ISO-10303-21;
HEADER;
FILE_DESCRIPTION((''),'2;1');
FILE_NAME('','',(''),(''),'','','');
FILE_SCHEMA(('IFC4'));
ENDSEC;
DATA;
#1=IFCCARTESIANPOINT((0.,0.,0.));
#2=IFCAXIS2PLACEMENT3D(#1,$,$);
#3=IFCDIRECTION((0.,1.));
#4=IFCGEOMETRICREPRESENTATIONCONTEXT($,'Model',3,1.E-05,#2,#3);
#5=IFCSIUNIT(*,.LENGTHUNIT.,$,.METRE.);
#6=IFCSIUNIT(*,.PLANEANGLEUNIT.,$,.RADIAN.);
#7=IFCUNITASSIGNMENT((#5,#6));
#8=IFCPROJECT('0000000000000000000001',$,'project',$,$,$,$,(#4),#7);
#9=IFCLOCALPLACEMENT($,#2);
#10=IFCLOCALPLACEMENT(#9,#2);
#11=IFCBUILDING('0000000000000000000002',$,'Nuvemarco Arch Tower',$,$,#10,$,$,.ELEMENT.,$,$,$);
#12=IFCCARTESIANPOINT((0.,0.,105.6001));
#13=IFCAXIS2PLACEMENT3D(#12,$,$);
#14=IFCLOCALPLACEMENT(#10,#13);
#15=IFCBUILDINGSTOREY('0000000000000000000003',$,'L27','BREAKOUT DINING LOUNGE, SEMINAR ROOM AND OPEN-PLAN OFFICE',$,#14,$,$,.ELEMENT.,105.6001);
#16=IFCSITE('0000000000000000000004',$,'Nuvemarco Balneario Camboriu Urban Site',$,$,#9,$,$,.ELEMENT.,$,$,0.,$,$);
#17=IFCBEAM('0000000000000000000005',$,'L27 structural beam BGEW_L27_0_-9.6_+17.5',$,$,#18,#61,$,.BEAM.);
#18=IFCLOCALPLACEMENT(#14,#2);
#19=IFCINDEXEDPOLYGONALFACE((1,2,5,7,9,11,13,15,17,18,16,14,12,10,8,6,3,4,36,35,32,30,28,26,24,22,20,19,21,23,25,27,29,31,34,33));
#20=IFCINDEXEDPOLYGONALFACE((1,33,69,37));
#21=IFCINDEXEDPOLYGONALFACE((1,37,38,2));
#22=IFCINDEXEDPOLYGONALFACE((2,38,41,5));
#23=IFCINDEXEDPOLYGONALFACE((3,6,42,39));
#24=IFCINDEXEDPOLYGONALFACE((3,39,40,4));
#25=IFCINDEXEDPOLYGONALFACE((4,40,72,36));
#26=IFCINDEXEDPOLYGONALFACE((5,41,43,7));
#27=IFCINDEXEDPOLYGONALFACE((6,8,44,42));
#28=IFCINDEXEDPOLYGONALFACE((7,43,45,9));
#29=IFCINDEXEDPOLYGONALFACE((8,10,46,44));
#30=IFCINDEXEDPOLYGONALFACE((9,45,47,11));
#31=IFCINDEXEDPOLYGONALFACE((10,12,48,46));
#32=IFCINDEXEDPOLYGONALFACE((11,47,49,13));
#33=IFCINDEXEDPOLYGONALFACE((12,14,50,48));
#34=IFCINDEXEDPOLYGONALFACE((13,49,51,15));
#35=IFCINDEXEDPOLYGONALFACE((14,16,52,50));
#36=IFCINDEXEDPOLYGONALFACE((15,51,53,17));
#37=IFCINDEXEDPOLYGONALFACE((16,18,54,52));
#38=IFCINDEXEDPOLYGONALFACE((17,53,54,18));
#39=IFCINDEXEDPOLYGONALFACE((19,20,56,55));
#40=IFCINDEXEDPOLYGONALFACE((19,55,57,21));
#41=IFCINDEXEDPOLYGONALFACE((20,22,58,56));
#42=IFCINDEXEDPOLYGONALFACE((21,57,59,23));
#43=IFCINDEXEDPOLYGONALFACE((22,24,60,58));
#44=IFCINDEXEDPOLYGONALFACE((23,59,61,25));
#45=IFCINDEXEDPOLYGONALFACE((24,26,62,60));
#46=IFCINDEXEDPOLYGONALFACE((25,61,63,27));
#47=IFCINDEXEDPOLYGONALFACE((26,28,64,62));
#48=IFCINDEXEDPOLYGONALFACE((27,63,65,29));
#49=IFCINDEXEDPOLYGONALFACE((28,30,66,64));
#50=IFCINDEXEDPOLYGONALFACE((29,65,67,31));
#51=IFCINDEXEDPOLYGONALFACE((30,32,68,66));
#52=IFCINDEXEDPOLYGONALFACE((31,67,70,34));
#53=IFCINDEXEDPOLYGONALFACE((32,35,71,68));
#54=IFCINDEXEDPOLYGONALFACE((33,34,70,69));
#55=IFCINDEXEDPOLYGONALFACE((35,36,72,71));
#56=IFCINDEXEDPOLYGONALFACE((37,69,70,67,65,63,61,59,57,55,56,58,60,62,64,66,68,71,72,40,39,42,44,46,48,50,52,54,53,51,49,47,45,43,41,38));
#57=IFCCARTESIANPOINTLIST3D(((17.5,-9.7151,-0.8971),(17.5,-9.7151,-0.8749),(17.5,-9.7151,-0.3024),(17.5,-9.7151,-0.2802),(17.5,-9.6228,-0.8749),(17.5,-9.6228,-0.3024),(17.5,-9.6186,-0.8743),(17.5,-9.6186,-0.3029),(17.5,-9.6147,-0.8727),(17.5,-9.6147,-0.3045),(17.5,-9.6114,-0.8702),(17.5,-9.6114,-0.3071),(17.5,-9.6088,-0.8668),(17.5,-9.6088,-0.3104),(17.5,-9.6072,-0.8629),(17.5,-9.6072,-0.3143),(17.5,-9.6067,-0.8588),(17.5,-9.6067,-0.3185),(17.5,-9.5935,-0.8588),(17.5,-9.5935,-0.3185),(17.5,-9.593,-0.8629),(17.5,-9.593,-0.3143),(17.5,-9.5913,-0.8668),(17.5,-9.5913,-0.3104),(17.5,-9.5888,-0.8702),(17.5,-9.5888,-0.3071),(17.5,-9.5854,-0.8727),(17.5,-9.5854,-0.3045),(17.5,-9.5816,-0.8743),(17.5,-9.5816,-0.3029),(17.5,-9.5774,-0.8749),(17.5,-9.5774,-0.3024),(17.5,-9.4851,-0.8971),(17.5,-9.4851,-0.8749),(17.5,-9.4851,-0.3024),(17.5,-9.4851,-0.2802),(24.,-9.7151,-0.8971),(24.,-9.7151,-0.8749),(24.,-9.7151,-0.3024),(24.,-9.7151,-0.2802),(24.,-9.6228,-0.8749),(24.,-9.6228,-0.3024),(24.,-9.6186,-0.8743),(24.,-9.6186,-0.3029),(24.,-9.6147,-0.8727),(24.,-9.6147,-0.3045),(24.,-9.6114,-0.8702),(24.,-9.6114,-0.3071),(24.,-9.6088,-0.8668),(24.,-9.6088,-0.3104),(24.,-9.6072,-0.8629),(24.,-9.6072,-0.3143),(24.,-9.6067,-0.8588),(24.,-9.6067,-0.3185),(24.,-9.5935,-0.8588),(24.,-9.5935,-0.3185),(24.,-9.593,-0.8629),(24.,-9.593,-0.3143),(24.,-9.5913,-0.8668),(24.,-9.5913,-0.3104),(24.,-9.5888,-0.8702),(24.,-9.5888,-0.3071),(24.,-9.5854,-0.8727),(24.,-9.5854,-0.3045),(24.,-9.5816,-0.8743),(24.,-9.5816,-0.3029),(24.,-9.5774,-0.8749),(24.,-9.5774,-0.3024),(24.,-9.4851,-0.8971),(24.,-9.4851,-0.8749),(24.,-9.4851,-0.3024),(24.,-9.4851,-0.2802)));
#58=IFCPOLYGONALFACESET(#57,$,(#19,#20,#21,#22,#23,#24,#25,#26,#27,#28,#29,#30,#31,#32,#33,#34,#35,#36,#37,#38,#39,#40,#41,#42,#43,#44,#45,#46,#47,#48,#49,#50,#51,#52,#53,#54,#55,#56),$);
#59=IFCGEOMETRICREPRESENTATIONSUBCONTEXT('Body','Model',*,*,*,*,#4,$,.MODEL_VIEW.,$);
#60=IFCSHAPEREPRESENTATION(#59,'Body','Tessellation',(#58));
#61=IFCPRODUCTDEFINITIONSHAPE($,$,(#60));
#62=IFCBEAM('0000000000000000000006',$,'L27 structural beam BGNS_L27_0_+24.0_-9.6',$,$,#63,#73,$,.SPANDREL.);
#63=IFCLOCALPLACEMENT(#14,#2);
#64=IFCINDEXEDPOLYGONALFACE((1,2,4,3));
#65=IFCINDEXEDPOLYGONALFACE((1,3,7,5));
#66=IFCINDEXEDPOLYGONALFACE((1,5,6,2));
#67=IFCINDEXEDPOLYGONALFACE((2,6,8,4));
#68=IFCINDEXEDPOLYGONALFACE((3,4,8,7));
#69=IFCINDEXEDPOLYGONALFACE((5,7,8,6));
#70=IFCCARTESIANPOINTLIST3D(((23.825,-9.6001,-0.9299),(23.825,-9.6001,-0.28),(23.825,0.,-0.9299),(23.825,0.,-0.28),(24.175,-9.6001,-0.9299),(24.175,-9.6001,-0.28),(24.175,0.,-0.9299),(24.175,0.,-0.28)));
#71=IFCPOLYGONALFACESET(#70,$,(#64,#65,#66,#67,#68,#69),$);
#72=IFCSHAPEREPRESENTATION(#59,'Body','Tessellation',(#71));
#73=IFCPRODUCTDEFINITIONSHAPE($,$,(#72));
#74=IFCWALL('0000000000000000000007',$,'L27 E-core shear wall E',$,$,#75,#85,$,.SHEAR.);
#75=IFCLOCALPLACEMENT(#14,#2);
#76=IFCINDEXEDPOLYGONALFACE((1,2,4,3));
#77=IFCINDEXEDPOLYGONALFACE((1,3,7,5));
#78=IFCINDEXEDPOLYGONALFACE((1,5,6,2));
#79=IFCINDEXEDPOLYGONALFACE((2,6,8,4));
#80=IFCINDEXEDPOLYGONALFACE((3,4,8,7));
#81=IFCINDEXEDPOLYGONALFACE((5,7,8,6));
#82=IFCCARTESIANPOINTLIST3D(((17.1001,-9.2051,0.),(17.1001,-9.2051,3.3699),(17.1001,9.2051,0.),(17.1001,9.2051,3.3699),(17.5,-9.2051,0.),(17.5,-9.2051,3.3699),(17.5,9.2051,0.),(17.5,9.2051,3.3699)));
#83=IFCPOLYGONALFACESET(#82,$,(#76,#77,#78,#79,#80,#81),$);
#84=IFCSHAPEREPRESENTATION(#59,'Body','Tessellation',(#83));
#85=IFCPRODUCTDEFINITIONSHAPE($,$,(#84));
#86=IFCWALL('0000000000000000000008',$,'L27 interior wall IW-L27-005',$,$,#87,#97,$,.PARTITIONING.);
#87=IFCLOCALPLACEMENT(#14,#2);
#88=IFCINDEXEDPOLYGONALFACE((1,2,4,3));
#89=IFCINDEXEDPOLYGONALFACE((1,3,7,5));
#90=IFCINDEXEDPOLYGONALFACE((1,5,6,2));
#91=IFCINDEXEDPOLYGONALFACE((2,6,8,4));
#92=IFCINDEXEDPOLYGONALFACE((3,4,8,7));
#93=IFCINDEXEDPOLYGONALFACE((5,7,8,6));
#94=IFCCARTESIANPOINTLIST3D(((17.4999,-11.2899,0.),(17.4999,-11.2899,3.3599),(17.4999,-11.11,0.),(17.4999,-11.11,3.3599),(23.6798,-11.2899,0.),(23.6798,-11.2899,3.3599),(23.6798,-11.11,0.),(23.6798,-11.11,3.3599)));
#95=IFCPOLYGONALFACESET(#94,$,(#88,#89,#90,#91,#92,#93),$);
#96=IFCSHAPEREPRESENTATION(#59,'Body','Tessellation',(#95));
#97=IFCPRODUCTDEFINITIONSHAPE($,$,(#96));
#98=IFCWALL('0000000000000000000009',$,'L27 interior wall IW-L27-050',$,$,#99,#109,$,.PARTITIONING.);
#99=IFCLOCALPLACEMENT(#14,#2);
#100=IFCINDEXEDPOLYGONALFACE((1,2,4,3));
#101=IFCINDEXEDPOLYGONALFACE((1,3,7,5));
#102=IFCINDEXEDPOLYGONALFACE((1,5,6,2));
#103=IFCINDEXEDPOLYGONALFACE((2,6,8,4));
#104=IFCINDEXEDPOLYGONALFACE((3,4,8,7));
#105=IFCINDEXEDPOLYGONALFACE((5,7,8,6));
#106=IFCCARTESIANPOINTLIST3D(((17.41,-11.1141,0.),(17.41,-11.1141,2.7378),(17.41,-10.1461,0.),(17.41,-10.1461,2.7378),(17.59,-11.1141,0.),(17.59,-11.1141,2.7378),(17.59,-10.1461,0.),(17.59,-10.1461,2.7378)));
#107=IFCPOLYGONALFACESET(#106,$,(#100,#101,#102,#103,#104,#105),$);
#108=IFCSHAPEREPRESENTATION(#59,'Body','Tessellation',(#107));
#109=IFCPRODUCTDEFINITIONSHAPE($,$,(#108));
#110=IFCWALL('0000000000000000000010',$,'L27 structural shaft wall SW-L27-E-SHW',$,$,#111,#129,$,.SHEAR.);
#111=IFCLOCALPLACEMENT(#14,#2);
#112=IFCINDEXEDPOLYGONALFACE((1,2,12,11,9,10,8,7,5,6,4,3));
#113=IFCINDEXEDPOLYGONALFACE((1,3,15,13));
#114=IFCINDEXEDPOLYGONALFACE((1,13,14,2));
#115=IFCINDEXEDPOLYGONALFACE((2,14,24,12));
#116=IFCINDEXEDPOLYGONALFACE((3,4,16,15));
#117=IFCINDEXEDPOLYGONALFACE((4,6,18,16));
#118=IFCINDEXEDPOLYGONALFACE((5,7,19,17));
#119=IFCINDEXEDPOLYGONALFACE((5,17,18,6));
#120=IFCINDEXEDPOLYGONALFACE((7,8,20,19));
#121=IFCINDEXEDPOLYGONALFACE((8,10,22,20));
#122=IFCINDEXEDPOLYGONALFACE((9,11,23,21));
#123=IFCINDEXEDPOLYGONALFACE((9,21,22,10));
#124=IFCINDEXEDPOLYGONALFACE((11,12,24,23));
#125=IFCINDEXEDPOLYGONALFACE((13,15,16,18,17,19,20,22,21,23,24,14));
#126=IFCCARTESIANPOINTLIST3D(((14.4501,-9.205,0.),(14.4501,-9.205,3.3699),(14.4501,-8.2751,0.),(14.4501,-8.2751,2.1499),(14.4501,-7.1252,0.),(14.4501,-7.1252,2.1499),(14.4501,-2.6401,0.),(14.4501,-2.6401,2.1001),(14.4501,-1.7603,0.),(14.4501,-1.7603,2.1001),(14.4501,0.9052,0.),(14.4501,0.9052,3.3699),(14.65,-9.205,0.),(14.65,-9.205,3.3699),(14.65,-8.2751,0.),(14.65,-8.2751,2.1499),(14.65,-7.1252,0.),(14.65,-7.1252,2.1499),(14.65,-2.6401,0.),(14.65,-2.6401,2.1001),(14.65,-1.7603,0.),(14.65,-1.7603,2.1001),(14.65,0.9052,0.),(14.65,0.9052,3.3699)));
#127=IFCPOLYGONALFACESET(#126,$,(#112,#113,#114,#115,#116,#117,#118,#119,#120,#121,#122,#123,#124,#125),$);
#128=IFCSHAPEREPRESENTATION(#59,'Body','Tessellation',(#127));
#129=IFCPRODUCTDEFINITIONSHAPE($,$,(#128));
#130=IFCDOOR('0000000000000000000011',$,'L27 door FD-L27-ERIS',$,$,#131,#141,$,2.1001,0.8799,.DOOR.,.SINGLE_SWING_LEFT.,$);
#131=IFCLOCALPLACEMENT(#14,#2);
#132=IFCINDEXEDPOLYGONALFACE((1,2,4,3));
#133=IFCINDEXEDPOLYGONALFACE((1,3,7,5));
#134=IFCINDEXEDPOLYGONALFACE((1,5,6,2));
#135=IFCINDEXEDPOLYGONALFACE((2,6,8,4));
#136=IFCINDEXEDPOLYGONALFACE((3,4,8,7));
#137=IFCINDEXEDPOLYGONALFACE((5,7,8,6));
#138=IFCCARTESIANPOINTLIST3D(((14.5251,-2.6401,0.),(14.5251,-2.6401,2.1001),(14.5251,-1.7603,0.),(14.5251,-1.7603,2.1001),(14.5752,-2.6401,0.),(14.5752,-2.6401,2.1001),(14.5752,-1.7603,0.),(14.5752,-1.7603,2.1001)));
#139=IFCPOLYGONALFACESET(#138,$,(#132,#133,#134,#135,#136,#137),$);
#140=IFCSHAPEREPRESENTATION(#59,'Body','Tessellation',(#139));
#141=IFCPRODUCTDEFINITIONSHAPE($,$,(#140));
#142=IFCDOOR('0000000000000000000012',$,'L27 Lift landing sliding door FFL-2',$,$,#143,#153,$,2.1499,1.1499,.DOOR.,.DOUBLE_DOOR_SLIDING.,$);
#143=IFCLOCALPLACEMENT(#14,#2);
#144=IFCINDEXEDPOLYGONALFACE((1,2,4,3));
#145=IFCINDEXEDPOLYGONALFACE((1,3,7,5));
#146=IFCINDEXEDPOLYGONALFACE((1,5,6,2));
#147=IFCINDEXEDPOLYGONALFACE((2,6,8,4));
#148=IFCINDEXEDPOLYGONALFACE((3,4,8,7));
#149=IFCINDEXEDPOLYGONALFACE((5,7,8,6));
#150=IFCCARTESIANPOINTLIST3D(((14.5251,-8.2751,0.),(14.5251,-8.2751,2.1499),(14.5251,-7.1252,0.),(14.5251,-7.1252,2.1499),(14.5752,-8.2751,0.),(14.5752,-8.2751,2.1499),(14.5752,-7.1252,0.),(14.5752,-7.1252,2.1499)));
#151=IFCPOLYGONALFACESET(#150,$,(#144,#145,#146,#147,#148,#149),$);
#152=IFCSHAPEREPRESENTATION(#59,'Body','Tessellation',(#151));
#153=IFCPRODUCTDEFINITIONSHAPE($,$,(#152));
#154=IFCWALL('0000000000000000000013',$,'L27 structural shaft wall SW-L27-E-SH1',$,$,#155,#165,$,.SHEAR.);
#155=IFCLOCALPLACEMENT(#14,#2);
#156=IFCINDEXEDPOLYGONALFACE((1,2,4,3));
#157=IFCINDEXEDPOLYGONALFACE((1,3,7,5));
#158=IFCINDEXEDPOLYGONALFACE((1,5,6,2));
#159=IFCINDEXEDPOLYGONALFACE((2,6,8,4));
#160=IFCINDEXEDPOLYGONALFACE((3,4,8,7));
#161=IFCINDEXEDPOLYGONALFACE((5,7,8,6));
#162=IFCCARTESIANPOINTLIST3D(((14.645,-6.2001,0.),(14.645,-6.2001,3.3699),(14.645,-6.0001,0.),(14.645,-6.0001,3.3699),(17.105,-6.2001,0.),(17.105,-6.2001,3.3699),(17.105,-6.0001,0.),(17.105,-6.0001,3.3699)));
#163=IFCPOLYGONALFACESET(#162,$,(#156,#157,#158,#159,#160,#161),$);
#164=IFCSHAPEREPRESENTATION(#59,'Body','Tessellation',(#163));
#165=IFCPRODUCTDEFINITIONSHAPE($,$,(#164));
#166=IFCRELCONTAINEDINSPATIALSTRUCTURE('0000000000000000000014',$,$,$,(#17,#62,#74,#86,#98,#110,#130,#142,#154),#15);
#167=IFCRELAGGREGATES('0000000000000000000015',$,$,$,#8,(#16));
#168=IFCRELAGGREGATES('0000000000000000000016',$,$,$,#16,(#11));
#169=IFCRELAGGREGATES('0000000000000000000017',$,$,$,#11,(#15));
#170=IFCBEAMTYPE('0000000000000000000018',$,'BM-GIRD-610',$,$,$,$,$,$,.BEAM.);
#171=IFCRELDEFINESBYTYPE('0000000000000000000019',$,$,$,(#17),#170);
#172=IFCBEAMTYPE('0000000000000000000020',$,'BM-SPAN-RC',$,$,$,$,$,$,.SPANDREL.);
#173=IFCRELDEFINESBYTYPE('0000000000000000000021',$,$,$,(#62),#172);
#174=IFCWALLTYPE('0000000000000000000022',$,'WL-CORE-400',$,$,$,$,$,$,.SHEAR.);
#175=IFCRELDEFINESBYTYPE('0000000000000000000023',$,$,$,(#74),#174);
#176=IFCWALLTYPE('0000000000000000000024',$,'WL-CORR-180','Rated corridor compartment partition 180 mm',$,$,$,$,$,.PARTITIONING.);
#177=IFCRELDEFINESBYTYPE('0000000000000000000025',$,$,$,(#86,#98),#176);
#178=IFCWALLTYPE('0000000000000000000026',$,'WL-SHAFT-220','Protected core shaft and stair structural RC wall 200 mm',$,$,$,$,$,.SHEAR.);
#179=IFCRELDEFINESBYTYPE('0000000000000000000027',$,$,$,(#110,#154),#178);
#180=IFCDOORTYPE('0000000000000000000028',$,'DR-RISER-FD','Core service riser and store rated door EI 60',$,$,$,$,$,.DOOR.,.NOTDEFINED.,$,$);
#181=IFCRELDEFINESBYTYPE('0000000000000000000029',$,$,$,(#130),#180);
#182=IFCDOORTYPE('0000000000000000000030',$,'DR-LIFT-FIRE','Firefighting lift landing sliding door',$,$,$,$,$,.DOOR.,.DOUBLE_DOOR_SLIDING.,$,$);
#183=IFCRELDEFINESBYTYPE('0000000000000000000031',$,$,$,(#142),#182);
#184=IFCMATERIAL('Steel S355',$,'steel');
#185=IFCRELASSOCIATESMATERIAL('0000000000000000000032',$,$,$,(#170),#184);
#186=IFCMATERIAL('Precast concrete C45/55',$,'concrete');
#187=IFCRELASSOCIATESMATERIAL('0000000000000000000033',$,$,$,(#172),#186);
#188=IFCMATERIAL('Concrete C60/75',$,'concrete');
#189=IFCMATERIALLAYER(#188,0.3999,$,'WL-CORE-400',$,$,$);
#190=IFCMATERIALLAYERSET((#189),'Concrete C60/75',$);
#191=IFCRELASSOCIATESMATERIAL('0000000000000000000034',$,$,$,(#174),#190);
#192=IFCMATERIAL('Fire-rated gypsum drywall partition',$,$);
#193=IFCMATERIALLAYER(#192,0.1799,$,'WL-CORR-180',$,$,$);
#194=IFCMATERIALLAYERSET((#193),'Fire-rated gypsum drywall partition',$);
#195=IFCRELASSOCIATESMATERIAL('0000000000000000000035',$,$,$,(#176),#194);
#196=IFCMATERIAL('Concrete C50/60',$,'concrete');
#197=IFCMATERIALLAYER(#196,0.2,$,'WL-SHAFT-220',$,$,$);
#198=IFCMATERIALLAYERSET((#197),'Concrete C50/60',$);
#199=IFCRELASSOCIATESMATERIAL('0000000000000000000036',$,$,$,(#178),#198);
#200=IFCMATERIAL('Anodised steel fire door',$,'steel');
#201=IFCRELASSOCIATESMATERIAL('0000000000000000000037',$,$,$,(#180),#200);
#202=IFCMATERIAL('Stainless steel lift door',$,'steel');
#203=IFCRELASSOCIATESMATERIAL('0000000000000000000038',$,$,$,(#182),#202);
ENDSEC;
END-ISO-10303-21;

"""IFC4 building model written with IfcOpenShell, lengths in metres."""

from ifc_helpers import new_model, si_unit, direction, frame, frame_2d, origin, origin_2d, place, context, subcontext, project, spatial, rectangle, i_section, extrude, source, transform, mapped, material, layer, layer_set, material_profile, profile_set, type_object, type_shapes, element, fill, save


model = new_model("IFC4")

# Units and contexts
model_context = context("Model", 3, precision=1e-05, world=origin(), true_north=direction((0.0, 1.0)))
body_context = subcontext(model_context, "Body", "Model", "MODEL_VIEW")
ifc_project = project(units=[si_unit("LENGTHUNIT", "METRE"), si_unit("PLANEANGLEUNIT", "RADIAN")], contexts=[model_context])

# Site, building, storey
site_placement = place(None, origin())
site = spatial("IfcSite", under=ifc_project, at=site_placement, Name="Nuvemarco Balneario Camboriu Urban Site", CompositionType="ELEMENT", RefElevation=0.0)
building_placement = place(site_placement, origin())
building = spatial("IfcBuilding", under=site, at=building_placement, Name="Nuvemarco Arch Tower", CompositionType="ELEMENT")
storey_placement = place(building_placement, frame((0.0, 0.0, 105.6001)))
storey = spatial("IfcBuildingStorey", under=building, at=storey_placement, Name="L27", Description="BREAKOUT DINING LOUNGE, SEMINAR ROOM AND OPEN-PLAN OFFICE", CompositionType="ELEMENT", Elevation=105.6001)

# Shared definitions
ifc_material_1 = material(Name="Concrete C60/75", Category="concrete")
ifc_material_2 = material(Name="Steel S355", Category="steel")

# Beams
ifc_material_profile_1 = material_profile(ifc_material_2, i_section(OverallWidth=0.23, OverallDepth=0.6169, WebThickness=0.0132, FlangeThickness=0.0222, FilletRadius=0.0161, at=origin_2d()), Name="W610x140")
ifc_profile_set_1 = profile_set([ifc_material_profile_1], Name="Steel S355")
beam_type_1 = type_object("IfcBeamType", Name="BM-GIRD-610", PredefinedType="BEAM", material=ifc_profile_set_1)
beam_1_placement = place(storey_placement, frame((17.5, -9.6001, -0.5886), z_axis=(1.0, 0.0, 0.0), x_axis=(0.0, 1.0, 0.0)))
element("IfcBeam", 1, at=beam_1_placement, inside=storey, type_object=beam_type_1, Name="L27 structural beam BGEW_L27_0_-9.6_+17.5", PredefinedType="BEAM", context=body_context, shape_type="SweptSolid", body=[
    extrude(i_section(OverallWidth=0.23, OverallDepth=0.6169, WebThickness=0.0132, FlangeThickness=0.0222, FilletRadius=0.0161, at=origin_2d()), origin(), (0.0, 0.0, 1.0), 6.5),
])
ifc_material_3 = material(Name="Precast concrete C45/55", Category="concrete")
ifc_material_profile_2 = material_profile(ifc_material_3, rectangle(XDim=0.3501, YDim=0.6499, at=origin_2d()), Name="PC-SP-350x650")
ifc_profile_set_2 = profile_set([ifc_material_profile_2], Name="Precast concrete C45/55")
beam_type_2 = type_object("IfcBeamType", Name="BM-SPAN-RC", PredefinedType="SPANDREL", material=ifc_profile_set_2)
beam_2_placement = place(storey_placement, frame((24.0, -9.6001, -0.605), z_axis=(0.0, 1.0, 0.0), x_axis=(-1.0, 0.0, 0.0)))
element("IfcBeam", 2, at=beam_2_placement, inside=storey, type_object=beam_type_2, Name="L27 structural beam BGNS_L27_0_+24.0_-9.6", PredefinedType="SPANDREL", context=body_context, shape_type="SweptSolid", body=[
    extrude(rectangle(XDim=0.3501, YDim=0.6499, at=origin_2d()), origin(), (0.0, 0.0, 1.0), 9.6001),
])

# Walls
ifc_layer_1 = layer(ifc_material_1, 0.3999, Name="WL-CORE-400")
ifc_layer_set_1 = layer_set([ifc_layer_1], Name="Concrete C60/75")
wall_type_1 = type_object("IfcWallType", Name="WL-CORE-400", PredefinedType="SHEAR", material=ifc_layer_set_1)
wall_1_placement = place(storey_placement, frame((17.3, -9.2051, 0.0), z_axis=(0.0, 0.0, 1.0), x_axis=(0.0, 1.0, 0.0)))
element("IfcWall", 3, at=wall_1_placement, inside=storey, type_object=wall_type_1, Name="L27 E-core shear wall E", PredefinedType="SHEAR", context=body_context, shape_type="SweptSolid", body=[
    extrude(rectangle(XDim=18.4102, YDim=0.3999, at=frame_2d((9.2051, 0.0))), origin(), (0.0, 0.0, 1.0), 3.3699),
])
ifc_material_4 = material(Name="Fire-rated gypsum drywall partition")
ifc_layer_2 = layer(ifc_material_4, 0.1799, Name="WL-CORR-180")
ifc_layer_set_2 = layer_set([ifc_layer_2], Name="Fire-rated gypsum drywall partition")
wall_type_2 = type_object("IfcWallType", Name="WL-CORR-180", Description="Rated corridor compartment partition 180 mm", PredefinedType="PARTITIONING", material=ifc_layer_set_2)
wall_2_placement = place(storey_placement, frame((17.5, -11.2, 0.0), z_axis=(0.0, 0.0, 1.0), x_axis=(1.0, 0.0, 0.0)))
element("IfcWall", 4, at=wall_2_placement, inside=storey, type_object=wall_type_2, Name="L27 interior wall IW-L27-005", PredefinedType="PARTITIONING", context=body_context, shape_type="SweptSolid", body=[
    extrude(rectangle(XDim=6.1799, YDim=0.1799, at=frame_2d((3.0898, 0.0))), origin(), (0.0, 0.0, 1.0), 3.3599),
])
wall_3_placement = place(storey_placement, frame((17.5, -11.114, 0.0), z_axis=(0.0, 0.0, 1.0), x_axis=(0.0, 1.0, 0.0)))
element("IfcWall", 5, at=wall_3_placement, inside=storey, type_object=wall_type_2, Name="L27 interior wall IW-L27-050", PredefinedType="PARTITIONING", context=body_context, shape_type="SweptSolid", body=[
    extrude(rectangle(XDim=0.968, YDim=0.1799, at=frame_2d((0.4839, 0.0))), origin(), (0.0, 0.0, 1.0), 2.7378),
])

# Wall, openings, doors
ifc_material_5 = material(Name="Concrete C50/60", Category="concrete")
ifc_layer_3 = layer(ifc_material_5, 0.2, Name="WL-SHAFT-220")
ifc_layer_set_3 = layer_set([ifc_layer_3], Name="Concrete C50/60")
wall_type_3 = type_object("IfcWallType", Name="WL-SHAFT-220", Description="Protected core shaft and stair structural RC wall 200 mm", PredefinedType="SHEAR", material=ifc_layer_set_3)
wall_4_placement = place(storey_placement, frame((14.55, -9.2051, 0.0), z_axis=(0.0, 0.0, 1.0), x_axis=(0.0, 1.0, 0.0)))
wall_4 = element("IfcWall", 6, at=wall_4_placement, inside=storey, type_object=wall_type_3, Name="L27 structural shaft wall SW-L27-E-SHW", PredefinedType="SHEAR", context=body_context, shape_type="SweptSolid", body=[
    extrude(rectangle(XDim=10.1101, YDim=0.2, at=frame_2d((5.0552, 0.0))), origin(), (0.0, 0.0, 1.0), 3.3699),
])
opening_1_placement = place(wall_4_placement, frame((6.5649, 0.0, 0.0)))
opening_1 = element("IfcOpeningElement", 7, at=opening_1_placement, cuts=wall_4, PredefinedType="OPENING", context=body_context, shape_type="SweptSolid", body=[
    extrude(rectangle(XDim=0.8799, YDim=2.1001, at=frame_2d((0.4399, 1.05))), frame((0.0, 0.1099, 0.0), z_axis=(0.0, -1.0, 0.0), x_axis=(1.0, 0.0, 0.0)), (0.0, 0.0, 1.0), 0.22),
])
opening_2_placement = place(wall_4_placement, frame((0.9299, 0.0, 0.0)))
opening_2 = element("IfcOpeningElement", 8, at=opening_2_placement, cuts=wall_4, PredefinedType="OPENING", context=body_context, shape_type="SweptSolid", body=[
    extrude(rectangle(XDim=1.1499, YDim=2.1499, at=frame_2d((0.575, 1.075))), frame((0.0, 0.1099, 0.0), z_axis=(0.0, -1.0, 0.0), x_axis=(1.0, 0.0, 0.0)), (0.0, 0.0, 1.0), 0.22),
])
ifc_material_6 = material(Name="Anodised steel fire door", Category="steel")
door_type_1 = type_object("IfcDoorType", Name="DR-RISER-FD", Description="Core service riser and store rated door EI 60", OperationType="NOTDEFINED", PredefinedType="DOOR", material=ifc_material_6)
shared_shape_1 = source(origin(), body_context, "Body", "SweptSolid", [
    extrude(rectangle(XDim=0.8799, YDim=2.1001, at=frame_2d((0.4399, 1.05))), frame((0.0, 0.0249, 0.0), z_axis=(0.0, -1.0, 0.0), x_axis=(1.0, 0.0, 0.0)), (0.0, 0.0, 1.0), 0.05),
])
type_shapes(door_type_1, [shared_shape_1])
door_1_placement = place(opening_1_placement, origin())
door_1 = element("IfcDoor", 9, at=door_1_placement, inside=storey, type_object=door_type_1, Name="L27 door FD-L27-ERIS", OperationType="SINGLE_SWING_LEFT", OverallHeight=2.1001, OverallWidth=0.8799, PredefinedType="DOOR", context=body_context, shape_type="MappedRepresentation", body=[
    mapped(shared_shape_1, transform((0.0, 0.0, 0.0), scale=1.0)),
])
fill(opening_1, door_1)
ifc_material_7 = material(Name="Stainless steel lift door", Category="steel")
door_type_2 = type_object("IfcDoorType", Name="DR-LIFT-FIRE", Description="Firefighting lift landing sliding door", OperationType="DOUBLE_DOOR_SLIDING", PredefinedType="DOOR", material=ifc_material_7)
shared_shape_2 = source(origin(), body_context, "Body", "SweptSolid", [
    extrude(rectangle(XDim=1.1499, YDim=2.1499, at=frame_2d((0.575, 1.075))), frame((0.0, 0.0249, 0.0), z_axis=(0.0, -1.0, 0.0), x_axis=(1.0, 0.0, 0.0)), (0.0, 0.0, 1.0), 0.05),
])
type_shapes(door_type_2, [shared_shape_2])
door_2_placement = place(opening_2_placement, origin())
door_2 = element("IfcDoor", 10, at=door_2_placement, inside=storey, type_object=door_type_2, Name="L27 Lift landing sliding door FFL-2", OperationType="DOUBLE_DOOR_SLIDING", OverallHeight=2.1499, OverallWidth=1.1499, PredefinedType="DOOR", context=body_context, shape_type="MappedRepresentation", body=[
    mapped(shared_shape_2, transform((0.0, 0.0, 0.0), scale=1.0)),
])
fill(opening_2, door_2)

# Wall
wall_5_placement = place(storey_placement, frame((14.645, -6.1001, 0.0), z_axis=(0.0, 0.0, 1.0), x_axis=(1.0, 0.0, 0.0)))
element("IfcWall", 11, at=wall_5_placement, inside=storey, type_object=wall_type_3, Name="L27 structural shaft wall SW-L27-E-SH1", PredefinedType="SHEAR", context=body_context, shape_type="SweptSolid", body=[
    extrude(rectangle(XDim=2.46, YDim=0.2, at=frame_2d((1.23, 0.0))), origin(), (0.0, 0.0, 1.0), 3.3699),
])

save(model, "model.ifc")
